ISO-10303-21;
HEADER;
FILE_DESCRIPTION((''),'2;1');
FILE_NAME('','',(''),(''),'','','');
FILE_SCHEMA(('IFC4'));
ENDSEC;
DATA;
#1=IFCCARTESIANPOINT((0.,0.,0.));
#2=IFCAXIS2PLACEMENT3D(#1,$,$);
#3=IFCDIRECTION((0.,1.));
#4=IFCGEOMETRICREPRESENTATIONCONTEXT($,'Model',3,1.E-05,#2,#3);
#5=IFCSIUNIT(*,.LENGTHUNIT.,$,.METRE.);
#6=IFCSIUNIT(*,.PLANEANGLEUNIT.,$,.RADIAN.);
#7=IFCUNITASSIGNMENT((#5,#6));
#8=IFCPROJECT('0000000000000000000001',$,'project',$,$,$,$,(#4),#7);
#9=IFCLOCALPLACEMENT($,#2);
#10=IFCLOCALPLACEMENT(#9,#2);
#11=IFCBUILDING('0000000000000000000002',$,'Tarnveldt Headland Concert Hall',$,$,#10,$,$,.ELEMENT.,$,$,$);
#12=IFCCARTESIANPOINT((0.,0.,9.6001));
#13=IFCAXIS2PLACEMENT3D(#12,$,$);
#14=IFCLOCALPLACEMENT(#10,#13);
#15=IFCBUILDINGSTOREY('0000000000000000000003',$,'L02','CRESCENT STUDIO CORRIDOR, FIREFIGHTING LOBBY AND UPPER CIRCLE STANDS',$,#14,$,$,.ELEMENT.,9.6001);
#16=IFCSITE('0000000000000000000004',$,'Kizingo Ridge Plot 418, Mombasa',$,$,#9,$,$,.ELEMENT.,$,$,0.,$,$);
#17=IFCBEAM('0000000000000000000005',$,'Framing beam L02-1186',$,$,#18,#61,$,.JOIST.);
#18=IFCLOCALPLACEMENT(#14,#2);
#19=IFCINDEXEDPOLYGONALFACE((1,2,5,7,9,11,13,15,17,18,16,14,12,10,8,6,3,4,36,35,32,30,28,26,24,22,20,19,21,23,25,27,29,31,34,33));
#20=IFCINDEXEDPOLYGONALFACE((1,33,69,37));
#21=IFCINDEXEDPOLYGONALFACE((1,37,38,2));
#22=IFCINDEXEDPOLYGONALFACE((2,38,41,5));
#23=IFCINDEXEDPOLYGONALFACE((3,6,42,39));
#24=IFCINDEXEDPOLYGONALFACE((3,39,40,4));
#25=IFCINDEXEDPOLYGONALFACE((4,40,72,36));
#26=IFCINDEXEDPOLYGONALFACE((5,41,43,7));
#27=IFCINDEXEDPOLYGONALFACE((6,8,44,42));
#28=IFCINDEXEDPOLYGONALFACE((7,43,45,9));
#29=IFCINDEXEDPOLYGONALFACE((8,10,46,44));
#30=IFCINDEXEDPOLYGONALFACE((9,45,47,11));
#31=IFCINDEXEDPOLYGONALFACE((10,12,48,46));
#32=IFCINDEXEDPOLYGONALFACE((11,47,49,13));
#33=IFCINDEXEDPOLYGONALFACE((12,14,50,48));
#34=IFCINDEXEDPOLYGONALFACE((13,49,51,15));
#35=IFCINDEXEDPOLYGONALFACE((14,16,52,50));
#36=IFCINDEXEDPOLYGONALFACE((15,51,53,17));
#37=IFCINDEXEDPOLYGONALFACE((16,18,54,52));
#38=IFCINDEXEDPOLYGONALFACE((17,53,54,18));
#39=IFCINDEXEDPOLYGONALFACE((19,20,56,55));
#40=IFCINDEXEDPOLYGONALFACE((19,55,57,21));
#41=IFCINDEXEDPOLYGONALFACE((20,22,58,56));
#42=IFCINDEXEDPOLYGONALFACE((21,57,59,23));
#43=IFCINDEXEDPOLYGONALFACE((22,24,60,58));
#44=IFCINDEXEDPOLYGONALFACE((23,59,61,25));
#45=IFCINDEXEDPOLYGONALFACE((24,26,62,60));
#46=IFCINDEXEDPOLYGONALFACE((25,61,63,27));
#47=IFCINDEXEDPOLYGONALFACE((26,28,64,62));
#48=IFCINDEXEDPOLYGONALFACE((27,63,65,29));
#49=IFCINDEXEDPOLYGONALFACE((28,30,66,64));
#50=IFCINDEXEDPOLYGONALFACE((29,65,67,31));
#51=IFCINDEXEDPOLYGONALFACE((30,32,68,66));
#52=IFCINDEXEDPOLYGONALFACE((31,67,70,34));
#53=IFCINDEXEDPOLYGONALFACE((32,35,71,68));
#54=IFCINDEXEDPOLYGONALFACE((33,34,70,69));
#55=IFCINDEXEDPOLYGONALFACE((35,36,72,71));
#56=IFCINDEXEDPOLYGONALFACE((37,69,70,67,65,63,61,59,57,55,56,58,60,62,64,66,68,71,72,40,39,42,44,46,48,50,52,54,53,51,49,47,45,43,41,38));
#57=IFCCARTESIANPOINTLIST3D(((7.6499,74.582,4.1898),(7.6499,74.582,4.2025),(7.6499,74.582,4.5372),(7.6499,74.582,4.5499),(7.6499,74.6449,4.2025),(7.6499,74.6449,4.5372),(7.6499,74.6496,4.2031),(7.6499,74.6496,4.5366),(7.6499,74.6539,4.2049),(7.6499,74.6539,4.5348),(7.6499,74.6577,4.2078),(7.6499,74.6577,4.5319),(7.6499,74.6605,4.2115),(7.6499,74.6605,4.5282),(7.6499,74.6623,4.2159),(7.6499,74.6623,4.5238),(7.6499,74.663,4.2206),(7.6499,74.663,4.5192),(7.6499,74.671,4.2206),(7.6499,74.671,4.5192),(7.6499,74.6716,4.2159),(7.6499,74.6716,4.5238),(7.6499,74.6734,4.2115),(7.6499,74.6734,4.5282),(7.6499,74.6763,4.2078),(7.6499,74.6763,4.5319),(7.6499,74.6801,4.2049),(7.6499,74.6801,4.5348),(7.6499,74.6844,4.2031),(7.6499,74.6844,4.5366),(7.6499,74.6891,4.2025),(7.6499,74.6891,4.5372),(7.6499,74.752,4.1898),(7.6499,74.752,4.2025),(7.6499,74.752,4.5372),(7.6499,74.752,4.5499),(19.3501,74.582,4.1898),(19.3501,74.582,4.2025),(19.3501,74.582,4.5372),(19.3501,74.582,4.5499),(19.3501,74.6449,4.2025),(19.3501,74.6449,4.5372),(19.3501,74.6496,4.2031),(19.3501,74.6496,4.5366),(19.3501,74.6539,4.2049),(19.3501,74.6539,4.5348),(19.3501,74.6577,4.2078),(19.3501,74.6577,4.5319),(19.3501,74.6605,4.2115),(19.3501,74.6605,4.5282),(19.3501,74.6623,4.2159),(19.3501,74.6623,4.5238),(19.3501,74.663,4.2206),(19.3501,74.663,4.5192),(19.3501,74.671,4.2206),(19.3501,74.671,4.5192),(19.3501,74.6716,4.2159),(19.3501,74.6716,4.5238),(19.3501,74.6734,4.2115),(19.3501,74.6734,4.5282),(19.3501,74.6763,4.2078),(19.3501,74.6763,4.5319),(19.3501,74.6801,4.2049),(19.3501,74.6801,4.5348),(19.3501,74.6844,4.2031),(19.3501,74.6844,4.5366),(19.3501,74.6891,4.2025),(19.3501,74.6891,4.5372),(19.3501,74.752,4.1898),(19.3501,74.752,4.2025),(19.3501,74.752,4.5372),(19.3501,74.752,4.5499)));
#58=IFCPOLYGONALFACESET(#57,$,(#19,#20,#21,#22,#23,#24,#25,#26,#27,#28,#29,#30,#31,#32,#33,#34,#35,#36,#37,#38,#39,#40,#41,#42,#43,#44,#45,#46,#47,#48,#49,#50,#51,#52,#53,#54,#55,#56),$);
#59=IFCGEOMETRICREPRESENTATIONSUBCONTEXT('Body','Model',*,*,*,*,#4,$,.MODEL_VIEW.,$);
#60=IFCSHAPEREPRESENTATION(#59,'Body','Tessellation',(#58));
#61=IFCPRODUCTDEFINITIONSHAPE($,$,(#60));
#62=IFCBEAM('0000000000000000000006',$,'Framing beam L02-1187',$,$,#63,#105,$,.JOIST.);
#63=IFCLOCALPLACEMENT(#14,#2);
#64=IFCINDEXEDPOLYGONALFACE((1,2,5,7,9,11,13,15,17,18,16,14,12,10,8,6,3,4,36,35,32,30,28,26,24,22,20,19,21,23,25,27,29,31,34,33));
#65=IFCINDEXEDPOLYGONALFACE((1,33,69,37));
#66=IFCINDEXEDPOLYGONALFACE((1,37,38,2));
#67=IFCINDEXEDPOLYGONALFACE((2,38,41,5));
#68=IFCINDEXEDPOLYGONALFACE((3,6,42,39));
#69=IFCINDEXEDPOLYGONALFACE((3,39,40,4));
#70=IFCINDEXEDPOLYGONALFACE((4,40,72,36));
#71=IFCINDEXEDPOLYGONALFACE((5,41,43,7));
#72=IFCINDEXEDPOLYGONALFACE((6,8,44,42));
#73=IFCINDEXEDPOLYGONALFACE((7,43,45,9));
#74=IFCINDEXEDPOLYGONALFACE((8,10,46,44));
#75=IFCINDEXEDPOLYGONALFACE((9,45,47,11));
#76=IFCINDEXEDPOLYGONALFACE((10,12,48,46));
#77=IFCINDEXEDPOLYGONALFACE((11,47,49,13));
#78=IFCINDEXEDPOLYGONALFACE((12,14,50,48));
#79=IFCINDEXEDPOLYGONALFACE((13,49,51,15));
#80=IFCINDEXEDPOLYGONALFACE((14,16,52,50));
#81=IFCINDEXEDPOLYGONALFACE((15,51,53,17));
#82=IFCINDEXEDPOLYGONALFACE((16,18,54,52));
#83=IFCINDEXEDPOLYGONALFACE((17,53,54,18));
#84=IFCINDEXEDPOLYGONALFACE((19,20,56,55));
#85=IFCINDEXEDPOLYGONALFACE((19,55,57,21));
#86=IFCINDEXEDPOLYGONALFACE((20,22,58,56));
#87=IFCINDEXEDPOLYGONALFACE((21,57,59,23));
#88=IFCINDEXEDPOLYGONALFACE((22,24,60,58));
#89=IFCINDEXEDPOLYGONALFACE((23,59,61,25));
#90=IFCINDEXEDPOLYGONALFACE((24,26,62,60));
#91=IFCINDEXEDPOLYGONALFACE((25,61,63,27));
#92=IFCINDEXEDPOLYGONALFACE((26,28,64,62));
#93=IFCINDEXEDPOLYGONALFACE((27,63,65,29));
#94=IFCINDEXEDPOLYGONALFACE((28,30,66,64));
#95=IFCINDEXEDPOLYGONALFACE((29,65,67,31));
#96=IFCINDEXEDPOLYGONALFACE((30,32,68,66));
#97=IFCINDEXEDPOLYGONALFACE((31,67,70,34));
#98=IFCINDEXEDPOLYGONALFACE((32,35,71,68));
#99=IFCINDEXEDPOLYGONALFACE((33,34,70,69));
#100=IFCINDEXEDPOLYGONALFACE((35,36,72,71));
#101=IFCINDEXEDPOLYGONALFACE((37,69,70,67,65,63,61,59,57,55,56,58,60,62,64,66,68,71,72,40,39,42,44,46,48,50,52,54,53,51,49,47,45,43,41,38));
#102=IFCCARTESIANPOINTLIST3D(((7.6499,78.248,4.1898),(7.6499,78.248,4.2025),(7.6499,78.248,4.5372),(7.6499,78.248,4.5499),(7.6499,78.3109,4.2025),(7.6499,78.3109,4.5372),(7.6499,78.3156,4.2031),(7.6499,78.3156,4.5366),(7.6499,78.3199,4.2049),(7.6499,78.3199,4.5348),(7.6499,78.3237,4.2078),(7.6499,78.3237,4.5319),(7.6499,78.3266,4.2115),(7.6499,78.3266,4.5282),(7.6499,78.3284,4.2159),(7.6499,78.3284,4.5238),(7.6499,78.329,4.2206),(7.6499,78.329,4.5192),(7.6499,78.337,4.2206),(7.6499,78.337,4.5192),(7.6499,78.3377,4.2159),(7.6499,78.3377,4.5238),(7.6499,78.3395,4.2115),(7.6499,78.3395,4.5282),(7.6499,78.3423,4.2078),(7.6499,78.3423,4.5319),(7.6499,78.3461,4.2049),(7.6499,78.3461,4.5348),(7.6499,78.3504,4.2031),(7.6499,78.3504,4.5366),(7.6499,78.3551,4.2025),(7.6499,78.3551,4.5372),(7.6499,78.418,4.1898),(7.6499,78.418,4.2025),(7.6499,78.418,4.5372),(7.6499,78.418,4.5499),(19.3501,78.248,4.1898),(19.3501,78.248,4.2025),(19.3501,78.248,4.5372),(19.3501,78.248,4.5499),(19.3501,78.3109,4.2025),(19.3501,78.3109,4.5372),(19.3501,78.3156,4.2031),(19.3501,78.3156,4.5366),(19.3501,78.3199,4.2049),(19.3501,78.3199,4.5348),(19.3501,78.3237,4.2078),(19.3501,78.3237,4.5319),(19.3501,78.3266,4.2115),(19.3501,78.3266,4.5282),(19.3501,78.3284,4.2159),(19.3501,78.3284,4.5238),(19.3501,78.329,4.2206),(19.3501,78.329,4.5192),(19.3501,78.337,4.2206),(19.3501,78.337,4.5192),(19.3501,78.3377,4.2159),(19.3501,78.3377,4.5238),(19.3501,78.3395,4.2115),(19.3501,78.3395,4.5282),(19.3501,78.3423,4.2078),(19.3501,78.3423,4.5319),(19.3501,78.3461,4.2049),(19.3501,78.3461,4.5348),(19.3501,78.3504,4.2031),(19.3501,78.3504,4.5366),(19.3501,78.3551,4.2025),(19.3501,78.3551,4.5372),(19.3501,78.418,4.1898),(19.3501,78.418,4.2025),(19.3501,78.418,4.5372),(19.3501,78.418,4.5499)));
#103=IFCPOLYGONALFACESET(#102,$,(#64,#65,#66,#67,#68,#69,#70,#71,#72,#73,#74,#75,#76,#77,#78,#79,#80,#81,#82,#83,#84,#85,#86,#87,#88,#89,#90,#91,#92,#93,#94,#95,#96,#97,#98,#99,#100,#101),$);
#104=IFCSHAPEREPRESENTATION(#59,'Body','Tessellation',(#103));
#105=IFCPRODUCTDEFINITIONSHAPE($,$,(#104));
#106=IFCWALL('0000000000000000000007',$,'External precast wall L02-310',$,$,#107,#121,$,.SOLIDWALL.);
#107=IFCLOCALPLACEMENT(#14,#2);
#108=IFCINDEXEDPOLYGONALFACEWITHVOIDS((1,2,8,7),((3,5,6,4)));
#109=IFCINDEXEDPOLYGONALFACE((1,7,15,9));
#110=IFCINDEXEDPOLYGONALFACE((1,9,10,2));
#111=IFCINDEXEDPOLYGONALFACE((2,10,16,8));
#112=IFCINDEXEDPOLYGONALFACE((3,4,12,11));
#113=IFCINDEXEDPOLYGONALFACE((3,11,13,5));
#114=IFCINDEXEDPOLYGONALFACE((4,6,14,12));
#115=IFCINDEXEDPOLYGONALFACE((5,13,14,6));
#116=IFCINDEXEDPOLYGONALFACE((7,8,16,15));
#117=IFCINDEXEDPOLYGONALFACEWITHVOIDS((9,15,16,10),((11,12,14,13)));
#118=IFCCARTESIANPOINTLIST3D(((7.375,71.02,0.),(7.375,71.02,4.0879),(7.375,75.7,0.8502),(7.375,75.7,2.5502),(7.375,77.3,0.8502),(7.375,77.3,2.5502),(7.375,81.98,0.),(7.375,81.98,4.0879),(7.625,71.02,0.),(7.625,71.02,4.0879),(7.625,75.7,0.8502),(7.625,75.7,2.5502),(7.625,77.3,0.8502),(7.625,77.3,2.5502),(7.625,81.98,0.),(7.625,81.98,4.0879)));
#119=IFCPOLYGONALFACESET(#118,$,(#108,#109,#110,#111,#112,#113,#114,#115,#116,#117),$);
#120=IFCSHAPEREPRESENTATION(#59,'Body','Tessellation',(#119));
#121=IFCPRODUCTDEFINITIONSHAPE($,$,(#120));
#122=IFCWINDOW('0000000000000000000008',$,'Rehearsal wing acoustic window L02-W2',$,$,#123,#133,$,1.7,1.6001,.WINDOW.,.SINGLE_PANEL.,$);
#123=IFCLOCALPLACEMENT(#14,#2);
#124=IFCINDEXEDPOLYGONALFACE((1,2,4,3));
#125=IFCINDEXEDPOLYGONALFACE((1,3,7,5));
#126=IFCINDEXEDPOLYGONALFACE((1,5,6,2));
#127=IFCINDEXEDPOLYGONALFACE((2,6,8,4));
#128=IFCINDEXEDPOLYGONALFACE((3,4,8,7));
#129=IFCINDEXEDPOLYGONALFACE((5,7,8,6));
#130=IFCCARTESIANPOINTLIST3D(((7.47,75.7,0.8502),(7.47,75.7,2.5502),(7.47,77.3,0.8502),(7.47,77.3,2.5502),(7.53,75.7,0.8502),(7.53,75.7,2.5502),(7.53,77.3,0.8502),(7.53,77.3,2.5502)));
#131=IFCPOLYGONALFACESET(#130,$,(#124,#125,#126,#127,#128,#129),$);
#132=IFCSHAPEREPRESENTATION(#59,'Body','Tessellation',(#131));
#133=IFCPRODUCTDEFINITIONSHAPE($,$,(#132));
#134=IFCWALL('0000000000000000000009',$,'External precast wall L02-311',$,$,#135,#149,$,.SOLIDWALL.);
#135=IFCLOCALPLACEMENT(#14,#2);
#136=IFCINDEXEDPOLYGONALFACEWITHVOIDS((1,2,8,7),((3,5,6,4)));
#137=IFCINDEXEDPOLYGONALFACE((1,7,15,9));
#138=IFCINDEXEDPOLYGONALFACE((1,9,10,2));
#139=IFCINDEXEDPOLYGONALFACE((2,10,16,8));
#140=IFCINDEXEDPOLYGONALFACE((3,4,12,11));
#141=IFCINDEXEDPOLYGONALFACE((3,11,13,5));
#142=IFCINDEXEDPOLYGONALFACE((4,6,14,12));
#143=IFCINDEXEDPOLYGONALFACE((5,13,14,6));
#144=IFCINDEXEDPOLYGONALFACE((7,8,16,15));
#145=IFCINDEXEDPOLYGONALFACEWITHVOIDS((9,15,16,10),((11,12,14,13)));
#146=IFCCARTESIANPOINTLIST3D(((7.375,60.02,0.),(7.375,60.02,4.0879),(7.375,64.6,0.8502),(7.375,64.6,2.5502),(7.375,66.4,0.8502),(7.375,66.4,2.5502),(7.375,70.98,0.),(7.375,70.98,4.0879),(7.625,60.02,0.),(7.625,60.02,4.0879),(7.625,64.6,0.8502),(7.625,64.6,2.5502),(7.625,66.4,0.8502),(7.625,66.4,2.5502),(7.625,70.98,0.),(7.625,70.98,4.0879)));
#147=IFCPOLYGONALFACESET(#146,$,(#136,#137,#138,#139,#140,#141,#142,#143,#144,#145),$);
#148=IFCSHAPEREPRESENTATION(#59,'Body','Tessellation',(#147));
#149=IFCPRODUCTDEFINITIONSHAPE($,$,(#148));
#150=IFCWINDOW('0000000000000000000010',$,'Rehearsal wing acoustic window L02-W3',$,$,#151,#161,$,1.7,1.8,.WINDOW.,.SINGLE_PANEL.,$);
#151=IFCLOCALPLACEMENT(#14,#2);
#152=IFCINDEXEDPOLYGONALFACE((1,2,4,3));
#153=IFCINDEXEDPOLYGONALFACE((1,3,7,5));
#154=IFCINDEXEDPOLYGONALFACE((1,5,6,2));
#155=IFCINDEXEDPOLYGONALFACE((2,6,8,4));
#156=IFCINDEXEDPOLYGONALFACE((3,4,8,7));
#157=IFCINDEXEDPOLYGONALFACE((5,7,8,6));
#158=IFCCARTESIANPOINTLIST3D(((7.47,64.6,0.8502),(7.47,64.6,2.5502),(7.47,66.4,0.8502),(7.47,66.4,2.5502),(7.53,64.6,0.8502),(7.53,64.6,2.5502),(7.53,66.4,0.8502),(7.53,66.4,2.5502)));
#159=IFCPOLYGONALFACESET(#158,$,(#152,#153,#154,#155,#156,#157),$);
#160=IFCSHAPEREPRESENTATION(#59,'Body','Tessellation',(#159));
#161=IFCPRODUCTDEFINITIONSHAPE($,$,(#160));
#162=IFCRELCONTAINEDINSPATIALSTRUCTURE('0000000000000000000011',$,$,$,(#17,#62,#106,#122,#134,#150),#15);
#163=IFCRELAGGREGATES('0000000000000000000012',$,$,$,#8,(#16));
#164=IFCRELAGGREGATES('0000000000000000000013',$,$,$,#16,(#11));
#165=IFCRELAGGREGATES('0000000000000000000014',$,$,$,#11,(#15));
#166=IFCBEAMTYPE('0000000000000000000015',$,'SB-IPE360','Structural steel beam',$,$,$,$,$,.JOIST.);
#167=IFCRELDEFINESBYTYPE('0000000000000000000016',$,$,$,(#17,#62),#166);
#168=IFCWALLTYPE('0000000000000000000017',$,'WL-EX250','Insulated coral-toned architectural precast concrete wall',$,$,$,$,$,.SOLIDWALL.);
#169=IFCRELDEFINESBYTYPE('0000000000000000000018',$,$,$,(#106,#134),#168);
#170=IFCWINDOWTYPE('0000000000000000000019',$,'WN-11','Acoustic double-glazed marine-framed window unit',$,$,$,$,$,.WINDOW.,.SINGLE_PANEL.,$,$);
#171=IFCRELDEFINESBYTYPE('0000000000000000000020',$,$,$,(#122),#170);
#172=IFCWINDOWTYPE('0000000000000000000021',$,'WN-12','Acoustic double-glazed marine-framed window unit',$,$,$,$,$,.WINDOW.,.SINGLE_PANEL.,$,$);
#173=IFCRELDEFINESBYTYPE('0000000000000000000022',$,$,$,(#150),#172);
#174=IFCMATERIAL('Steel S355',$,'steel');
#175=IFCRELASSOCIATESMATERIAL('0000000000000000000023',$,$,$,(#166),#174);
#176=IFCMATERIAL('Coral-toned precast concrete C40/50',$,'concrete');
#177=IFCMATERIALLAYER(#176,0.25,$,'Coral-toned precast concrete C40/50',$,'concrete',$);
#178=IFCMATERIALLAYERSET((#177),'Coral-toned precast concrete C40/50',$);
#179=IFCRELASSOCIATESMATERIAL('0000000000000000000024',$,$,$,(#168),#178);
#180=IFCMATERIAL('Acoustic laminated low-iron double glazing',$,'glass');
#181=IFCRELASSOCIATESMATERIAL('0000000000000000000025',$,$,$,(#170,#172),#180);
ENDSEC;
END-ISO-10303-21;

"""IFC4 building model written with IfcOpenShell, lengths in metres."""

from ifc_helpers import new_model, si_unit, direction, frame, frame_2d, origin, origin_2d, place, context, subcontext, project, spatial, rectangle, i_section, extrude, material, layer, layer_set, material_profile, profile_set, type_object, element, fill, save


model = new_model("IFC4")

# Units and contexts
model_context = context("Model", 3, precision=1e-05, world=origin(), true_north=direction((0.0, 1.0)))
body_context = subcontext(model_context, "Body", "Model", "MODEL_VIEW")
ifc_project = project(units=[si_unit("LENGTHUNIT", "METRE"), si_unit("PLANEANGLEUNIT", "RADIAN")], contexts=[model_context])

# Site, building, storey
site_placement = place(None, origin())
site = spatial("IfcSite", under=ifc_project, at=site_placement, Name="Kizingo Ridge Plot 418, Mombasa", CompositionType="ELEMENT", RefElevation=0.0)
building_placement = place(site_placement, origin())
building = spatial("IfcBuilding", under=site, at=building_placement, Name="Tarnveldt Headland Concert Hall", CompositionType="ELEMENT")
storey_placement = place(building_placement, frame((0.0, 0.0, 9.6001)))
storey = spatial("IfcBuildingStorey", under=building, at=storey_placement, Name="L02", Description="CRESCENT STUDIO CORRIDOR, FIREFIGHTING LOBBY AND UPPER CIRCLE STANDS", CompositionType="ELEMENT", Elevation=9.6001)

# Shared definitions
ifc_material_1 = material(Name="Steel S355", Category="steel")

# Beams
ifc_material_profile_1 = material_profile(ifc_material_1, i_section(OverallWidth=0.1699, OverallDepth=0.3601, WebThickness=0.0081, FlangeThickness=0.0127, FilletRadius=0.0181, at=origin_2d()), Name="IPE360", Category="steel")
ifc_profile_set_1 = profile_set([ifc_material_profile_1], Name="Steel S355")
beam_type_1 = type_object("IfcBeamType", Name="SB-IPE360", Description="Structural steel beam", PredefinedType="JOIST", material=ifc_profile_set_1)
for number, where, z_axis, x_axis, name in (
    (1, (7.6499, 74.667, 4.3699), (1.0, 0.0, 0.0), (0.0, 1.0, 0.0), "Framing beam L02-1186"),
    (2, (7.6499, 78.333, 4.3699), (1.0, 0.0, 0.0), (0.0, 1.0, 0.0), "Framing beam L02-1187"),
):
    element("IfcBeam", number, at=place(storey_placement, frame(where, z_axis=z_axis, x_axis=x_axis)), inside=storey, type_object=beam_type_1, Name=name, PredefinedType="JOIST", context=body_context, shape_type="SweptSolid", body=[
        extrude(i_section(OverallWidth=0.1699, OverallDepth=0.3601, WebThickness=0.0081, FlangeThickness=0.0127, FilletRadius=0.0181, at=origin_2d()), origin(), (0.0, 0.0, 1.0), 11.7002),
    ])

# Walls, openings, windows
ifc_material_2 = material(Name="Coral-toned precast concrete C40/50", Category="concrete")
ifc_layer_1 = layer(ifc_material_2, 0.25, Name="Coral-toned precast concrete C40/50", Category="concrete")
ifc_layer_set_1 = layer_set([ifc_layer_1], Name="Coral-toned precast concrete C40/50")
wall_type_1 = type_object("IfcWallType", Name="WL-EX250", Description="Insulated coral-toned architectural precast concrete wall", PredefinedType="SOLIDWALL", material=ifc_layer_set_1)
wall_1_placement = place(storey_placement, frame((7.5, 71.02, 0.0), z_axis=(0.0, 0.0, 1.0), x_axis=(0.0, 1.0, 0.0)))
wall_1 = element("IfcWall", 3, at=wall_1_placement, inside=storey, type_object=wall_type_1, Name="External precast wall L02-310", PredefinedType="SOLIDWALL", context=body_context, shape_type="SweptSolid", body=[
    extrude(rectangle(XDim=10.96, YDim=0.25, at=frame_2d((5.48, 0.0))), origin(), (0.0, 0.0, 1.0), 4.0879),
])
opening_1_placement = place(wall_1_placement, frame((4.6799, 0.0, 0.8501)))
opening_1 = element("IfcOpeningElement", 4, at=opening_1_placement, cuts=wall_1, PredefinedType="OPENING", context=body_context, shape_type="SweptSolid", body=[
    extrude(rectangle(XDim=1.6001, YDim=1.7, at=frame_2d((0.8, 0.8501))), frame((0.0, 0.135, 0.0), z_axis=(0.0, -1.0, 0.0), x_axis=(1.0, 0.0, 0.0)), (0.0, 0.0, 1.0), 0.27),
])
ifc_material_3 = material(Name="Acoustic laminated low-iron double glazing", Category="glass")
window_type_1 = type_object("IfcWindowType", Name="WN-11", Description="Acoustic double-glazed marine-framed window unit", PartitioningType="SINGLE_PANEL", PredefinedType="WINDOW", material=ifc_material_3)
window_1_placement = place(opening_1_placement, origin())
window_1 = element("IfcWindow", 5, at=window_1_placement, inside=storey, type_object=window_type_1, Name="Rehearsal wing acoustic window L02-W2", OverallHeight=1.7, OverallWidth=1.6001, PartitioningType="SINGLE_PANEL", PredefinedType="WINDOW", context=body_context, shape_type="SweptSolid", body=[
    extrude(rectangle(XDim=1.6001, YDim=1.7, at=frame_2d((0.8, 0.8501))), frame((0.0, 0.03, 0.0), z_axis=(0.0, -1.0, 0.0), x_axis=(1.0, 0.0, 0.0)), (0.0, 0.0, 1.0), 0.0601),
])
fill(opening_1, window_1)
wall_2_placement = place(storey_placement, frame((7.5, 60.02, 0.0), z_axis=(0.0, 0.0, 1.0), x_axis=(0.0, 1.0, 0.0)))
wall_2 = element("IfcWall", 6, at=wall_2_placement, inside=storey, type_object=wall_type_1, Name="External precast wall L02-311", PredefinedType="SOLIDWALL", context=body_context, shape_type="SweptSolid", body=[
    extrude(rectangle(XDim=10.96, YDim=0.25, at=frame_2d((5.48, 0.0))), origin(), (0.0, 0.0, 1.0), 4.0879),
])
opening_2_placement = place(wall_2_placement, frame((4.5801, 0.0, 0.8501)))
opening_2 = element("IfcOpeningElement", 7, at=opening_2_placement, cuts=wall_2, PredefinedType="OPENING", context=body_context, shape_type="SweptSolid", body=[
    extrude(rectangle(XDim=1.8, YDim=1.7, at=frame_2d((0.8999, 0.8501))), frame((0.0, 0.135, 0.0), z_axis=(0.0, -1.0, 0.0), x_axis=(1.0, 0.0, 0.0)), (0.0, 0.0, 1.0), 0.27),
])
window_type_2 = type_object("IfcWindowType", Name="WN-12", Description="Acoustic double-glazed marine-framed window unit", PartitioningType="SINGLE_PANEL", PredefinedType="WINDOW", material=ifc_material_3)
window_2_placement = place(opening_2_placement, origin())
window_2 = element("IfcWindow", 8, at=window_2_placement, inside=storey, type_object=window_type_2, Name="Rehearsal wing acoustic window L02-W3", OverallHeight=1.7, OverallWidth=1.8, PartitioningType="SINGLE_PANEL", PredefinedType="WINDOW", context=body_context, shape_type="SweptSolid", body=[
    extrude(rectangle(XDim=1.8, YDim=1.7, at=frame_2d((0.8999, 0.8501))), frame((0.0, 0.03, 0.0), z_axis=(0.0, -1.0, 0.0), x_axis=(1.0, 0.0, 0.0)), (0.0, 0.0, 1.0), 0.0601),
])
fill(opening_2, window_2)

save(model, "model.ifc")
